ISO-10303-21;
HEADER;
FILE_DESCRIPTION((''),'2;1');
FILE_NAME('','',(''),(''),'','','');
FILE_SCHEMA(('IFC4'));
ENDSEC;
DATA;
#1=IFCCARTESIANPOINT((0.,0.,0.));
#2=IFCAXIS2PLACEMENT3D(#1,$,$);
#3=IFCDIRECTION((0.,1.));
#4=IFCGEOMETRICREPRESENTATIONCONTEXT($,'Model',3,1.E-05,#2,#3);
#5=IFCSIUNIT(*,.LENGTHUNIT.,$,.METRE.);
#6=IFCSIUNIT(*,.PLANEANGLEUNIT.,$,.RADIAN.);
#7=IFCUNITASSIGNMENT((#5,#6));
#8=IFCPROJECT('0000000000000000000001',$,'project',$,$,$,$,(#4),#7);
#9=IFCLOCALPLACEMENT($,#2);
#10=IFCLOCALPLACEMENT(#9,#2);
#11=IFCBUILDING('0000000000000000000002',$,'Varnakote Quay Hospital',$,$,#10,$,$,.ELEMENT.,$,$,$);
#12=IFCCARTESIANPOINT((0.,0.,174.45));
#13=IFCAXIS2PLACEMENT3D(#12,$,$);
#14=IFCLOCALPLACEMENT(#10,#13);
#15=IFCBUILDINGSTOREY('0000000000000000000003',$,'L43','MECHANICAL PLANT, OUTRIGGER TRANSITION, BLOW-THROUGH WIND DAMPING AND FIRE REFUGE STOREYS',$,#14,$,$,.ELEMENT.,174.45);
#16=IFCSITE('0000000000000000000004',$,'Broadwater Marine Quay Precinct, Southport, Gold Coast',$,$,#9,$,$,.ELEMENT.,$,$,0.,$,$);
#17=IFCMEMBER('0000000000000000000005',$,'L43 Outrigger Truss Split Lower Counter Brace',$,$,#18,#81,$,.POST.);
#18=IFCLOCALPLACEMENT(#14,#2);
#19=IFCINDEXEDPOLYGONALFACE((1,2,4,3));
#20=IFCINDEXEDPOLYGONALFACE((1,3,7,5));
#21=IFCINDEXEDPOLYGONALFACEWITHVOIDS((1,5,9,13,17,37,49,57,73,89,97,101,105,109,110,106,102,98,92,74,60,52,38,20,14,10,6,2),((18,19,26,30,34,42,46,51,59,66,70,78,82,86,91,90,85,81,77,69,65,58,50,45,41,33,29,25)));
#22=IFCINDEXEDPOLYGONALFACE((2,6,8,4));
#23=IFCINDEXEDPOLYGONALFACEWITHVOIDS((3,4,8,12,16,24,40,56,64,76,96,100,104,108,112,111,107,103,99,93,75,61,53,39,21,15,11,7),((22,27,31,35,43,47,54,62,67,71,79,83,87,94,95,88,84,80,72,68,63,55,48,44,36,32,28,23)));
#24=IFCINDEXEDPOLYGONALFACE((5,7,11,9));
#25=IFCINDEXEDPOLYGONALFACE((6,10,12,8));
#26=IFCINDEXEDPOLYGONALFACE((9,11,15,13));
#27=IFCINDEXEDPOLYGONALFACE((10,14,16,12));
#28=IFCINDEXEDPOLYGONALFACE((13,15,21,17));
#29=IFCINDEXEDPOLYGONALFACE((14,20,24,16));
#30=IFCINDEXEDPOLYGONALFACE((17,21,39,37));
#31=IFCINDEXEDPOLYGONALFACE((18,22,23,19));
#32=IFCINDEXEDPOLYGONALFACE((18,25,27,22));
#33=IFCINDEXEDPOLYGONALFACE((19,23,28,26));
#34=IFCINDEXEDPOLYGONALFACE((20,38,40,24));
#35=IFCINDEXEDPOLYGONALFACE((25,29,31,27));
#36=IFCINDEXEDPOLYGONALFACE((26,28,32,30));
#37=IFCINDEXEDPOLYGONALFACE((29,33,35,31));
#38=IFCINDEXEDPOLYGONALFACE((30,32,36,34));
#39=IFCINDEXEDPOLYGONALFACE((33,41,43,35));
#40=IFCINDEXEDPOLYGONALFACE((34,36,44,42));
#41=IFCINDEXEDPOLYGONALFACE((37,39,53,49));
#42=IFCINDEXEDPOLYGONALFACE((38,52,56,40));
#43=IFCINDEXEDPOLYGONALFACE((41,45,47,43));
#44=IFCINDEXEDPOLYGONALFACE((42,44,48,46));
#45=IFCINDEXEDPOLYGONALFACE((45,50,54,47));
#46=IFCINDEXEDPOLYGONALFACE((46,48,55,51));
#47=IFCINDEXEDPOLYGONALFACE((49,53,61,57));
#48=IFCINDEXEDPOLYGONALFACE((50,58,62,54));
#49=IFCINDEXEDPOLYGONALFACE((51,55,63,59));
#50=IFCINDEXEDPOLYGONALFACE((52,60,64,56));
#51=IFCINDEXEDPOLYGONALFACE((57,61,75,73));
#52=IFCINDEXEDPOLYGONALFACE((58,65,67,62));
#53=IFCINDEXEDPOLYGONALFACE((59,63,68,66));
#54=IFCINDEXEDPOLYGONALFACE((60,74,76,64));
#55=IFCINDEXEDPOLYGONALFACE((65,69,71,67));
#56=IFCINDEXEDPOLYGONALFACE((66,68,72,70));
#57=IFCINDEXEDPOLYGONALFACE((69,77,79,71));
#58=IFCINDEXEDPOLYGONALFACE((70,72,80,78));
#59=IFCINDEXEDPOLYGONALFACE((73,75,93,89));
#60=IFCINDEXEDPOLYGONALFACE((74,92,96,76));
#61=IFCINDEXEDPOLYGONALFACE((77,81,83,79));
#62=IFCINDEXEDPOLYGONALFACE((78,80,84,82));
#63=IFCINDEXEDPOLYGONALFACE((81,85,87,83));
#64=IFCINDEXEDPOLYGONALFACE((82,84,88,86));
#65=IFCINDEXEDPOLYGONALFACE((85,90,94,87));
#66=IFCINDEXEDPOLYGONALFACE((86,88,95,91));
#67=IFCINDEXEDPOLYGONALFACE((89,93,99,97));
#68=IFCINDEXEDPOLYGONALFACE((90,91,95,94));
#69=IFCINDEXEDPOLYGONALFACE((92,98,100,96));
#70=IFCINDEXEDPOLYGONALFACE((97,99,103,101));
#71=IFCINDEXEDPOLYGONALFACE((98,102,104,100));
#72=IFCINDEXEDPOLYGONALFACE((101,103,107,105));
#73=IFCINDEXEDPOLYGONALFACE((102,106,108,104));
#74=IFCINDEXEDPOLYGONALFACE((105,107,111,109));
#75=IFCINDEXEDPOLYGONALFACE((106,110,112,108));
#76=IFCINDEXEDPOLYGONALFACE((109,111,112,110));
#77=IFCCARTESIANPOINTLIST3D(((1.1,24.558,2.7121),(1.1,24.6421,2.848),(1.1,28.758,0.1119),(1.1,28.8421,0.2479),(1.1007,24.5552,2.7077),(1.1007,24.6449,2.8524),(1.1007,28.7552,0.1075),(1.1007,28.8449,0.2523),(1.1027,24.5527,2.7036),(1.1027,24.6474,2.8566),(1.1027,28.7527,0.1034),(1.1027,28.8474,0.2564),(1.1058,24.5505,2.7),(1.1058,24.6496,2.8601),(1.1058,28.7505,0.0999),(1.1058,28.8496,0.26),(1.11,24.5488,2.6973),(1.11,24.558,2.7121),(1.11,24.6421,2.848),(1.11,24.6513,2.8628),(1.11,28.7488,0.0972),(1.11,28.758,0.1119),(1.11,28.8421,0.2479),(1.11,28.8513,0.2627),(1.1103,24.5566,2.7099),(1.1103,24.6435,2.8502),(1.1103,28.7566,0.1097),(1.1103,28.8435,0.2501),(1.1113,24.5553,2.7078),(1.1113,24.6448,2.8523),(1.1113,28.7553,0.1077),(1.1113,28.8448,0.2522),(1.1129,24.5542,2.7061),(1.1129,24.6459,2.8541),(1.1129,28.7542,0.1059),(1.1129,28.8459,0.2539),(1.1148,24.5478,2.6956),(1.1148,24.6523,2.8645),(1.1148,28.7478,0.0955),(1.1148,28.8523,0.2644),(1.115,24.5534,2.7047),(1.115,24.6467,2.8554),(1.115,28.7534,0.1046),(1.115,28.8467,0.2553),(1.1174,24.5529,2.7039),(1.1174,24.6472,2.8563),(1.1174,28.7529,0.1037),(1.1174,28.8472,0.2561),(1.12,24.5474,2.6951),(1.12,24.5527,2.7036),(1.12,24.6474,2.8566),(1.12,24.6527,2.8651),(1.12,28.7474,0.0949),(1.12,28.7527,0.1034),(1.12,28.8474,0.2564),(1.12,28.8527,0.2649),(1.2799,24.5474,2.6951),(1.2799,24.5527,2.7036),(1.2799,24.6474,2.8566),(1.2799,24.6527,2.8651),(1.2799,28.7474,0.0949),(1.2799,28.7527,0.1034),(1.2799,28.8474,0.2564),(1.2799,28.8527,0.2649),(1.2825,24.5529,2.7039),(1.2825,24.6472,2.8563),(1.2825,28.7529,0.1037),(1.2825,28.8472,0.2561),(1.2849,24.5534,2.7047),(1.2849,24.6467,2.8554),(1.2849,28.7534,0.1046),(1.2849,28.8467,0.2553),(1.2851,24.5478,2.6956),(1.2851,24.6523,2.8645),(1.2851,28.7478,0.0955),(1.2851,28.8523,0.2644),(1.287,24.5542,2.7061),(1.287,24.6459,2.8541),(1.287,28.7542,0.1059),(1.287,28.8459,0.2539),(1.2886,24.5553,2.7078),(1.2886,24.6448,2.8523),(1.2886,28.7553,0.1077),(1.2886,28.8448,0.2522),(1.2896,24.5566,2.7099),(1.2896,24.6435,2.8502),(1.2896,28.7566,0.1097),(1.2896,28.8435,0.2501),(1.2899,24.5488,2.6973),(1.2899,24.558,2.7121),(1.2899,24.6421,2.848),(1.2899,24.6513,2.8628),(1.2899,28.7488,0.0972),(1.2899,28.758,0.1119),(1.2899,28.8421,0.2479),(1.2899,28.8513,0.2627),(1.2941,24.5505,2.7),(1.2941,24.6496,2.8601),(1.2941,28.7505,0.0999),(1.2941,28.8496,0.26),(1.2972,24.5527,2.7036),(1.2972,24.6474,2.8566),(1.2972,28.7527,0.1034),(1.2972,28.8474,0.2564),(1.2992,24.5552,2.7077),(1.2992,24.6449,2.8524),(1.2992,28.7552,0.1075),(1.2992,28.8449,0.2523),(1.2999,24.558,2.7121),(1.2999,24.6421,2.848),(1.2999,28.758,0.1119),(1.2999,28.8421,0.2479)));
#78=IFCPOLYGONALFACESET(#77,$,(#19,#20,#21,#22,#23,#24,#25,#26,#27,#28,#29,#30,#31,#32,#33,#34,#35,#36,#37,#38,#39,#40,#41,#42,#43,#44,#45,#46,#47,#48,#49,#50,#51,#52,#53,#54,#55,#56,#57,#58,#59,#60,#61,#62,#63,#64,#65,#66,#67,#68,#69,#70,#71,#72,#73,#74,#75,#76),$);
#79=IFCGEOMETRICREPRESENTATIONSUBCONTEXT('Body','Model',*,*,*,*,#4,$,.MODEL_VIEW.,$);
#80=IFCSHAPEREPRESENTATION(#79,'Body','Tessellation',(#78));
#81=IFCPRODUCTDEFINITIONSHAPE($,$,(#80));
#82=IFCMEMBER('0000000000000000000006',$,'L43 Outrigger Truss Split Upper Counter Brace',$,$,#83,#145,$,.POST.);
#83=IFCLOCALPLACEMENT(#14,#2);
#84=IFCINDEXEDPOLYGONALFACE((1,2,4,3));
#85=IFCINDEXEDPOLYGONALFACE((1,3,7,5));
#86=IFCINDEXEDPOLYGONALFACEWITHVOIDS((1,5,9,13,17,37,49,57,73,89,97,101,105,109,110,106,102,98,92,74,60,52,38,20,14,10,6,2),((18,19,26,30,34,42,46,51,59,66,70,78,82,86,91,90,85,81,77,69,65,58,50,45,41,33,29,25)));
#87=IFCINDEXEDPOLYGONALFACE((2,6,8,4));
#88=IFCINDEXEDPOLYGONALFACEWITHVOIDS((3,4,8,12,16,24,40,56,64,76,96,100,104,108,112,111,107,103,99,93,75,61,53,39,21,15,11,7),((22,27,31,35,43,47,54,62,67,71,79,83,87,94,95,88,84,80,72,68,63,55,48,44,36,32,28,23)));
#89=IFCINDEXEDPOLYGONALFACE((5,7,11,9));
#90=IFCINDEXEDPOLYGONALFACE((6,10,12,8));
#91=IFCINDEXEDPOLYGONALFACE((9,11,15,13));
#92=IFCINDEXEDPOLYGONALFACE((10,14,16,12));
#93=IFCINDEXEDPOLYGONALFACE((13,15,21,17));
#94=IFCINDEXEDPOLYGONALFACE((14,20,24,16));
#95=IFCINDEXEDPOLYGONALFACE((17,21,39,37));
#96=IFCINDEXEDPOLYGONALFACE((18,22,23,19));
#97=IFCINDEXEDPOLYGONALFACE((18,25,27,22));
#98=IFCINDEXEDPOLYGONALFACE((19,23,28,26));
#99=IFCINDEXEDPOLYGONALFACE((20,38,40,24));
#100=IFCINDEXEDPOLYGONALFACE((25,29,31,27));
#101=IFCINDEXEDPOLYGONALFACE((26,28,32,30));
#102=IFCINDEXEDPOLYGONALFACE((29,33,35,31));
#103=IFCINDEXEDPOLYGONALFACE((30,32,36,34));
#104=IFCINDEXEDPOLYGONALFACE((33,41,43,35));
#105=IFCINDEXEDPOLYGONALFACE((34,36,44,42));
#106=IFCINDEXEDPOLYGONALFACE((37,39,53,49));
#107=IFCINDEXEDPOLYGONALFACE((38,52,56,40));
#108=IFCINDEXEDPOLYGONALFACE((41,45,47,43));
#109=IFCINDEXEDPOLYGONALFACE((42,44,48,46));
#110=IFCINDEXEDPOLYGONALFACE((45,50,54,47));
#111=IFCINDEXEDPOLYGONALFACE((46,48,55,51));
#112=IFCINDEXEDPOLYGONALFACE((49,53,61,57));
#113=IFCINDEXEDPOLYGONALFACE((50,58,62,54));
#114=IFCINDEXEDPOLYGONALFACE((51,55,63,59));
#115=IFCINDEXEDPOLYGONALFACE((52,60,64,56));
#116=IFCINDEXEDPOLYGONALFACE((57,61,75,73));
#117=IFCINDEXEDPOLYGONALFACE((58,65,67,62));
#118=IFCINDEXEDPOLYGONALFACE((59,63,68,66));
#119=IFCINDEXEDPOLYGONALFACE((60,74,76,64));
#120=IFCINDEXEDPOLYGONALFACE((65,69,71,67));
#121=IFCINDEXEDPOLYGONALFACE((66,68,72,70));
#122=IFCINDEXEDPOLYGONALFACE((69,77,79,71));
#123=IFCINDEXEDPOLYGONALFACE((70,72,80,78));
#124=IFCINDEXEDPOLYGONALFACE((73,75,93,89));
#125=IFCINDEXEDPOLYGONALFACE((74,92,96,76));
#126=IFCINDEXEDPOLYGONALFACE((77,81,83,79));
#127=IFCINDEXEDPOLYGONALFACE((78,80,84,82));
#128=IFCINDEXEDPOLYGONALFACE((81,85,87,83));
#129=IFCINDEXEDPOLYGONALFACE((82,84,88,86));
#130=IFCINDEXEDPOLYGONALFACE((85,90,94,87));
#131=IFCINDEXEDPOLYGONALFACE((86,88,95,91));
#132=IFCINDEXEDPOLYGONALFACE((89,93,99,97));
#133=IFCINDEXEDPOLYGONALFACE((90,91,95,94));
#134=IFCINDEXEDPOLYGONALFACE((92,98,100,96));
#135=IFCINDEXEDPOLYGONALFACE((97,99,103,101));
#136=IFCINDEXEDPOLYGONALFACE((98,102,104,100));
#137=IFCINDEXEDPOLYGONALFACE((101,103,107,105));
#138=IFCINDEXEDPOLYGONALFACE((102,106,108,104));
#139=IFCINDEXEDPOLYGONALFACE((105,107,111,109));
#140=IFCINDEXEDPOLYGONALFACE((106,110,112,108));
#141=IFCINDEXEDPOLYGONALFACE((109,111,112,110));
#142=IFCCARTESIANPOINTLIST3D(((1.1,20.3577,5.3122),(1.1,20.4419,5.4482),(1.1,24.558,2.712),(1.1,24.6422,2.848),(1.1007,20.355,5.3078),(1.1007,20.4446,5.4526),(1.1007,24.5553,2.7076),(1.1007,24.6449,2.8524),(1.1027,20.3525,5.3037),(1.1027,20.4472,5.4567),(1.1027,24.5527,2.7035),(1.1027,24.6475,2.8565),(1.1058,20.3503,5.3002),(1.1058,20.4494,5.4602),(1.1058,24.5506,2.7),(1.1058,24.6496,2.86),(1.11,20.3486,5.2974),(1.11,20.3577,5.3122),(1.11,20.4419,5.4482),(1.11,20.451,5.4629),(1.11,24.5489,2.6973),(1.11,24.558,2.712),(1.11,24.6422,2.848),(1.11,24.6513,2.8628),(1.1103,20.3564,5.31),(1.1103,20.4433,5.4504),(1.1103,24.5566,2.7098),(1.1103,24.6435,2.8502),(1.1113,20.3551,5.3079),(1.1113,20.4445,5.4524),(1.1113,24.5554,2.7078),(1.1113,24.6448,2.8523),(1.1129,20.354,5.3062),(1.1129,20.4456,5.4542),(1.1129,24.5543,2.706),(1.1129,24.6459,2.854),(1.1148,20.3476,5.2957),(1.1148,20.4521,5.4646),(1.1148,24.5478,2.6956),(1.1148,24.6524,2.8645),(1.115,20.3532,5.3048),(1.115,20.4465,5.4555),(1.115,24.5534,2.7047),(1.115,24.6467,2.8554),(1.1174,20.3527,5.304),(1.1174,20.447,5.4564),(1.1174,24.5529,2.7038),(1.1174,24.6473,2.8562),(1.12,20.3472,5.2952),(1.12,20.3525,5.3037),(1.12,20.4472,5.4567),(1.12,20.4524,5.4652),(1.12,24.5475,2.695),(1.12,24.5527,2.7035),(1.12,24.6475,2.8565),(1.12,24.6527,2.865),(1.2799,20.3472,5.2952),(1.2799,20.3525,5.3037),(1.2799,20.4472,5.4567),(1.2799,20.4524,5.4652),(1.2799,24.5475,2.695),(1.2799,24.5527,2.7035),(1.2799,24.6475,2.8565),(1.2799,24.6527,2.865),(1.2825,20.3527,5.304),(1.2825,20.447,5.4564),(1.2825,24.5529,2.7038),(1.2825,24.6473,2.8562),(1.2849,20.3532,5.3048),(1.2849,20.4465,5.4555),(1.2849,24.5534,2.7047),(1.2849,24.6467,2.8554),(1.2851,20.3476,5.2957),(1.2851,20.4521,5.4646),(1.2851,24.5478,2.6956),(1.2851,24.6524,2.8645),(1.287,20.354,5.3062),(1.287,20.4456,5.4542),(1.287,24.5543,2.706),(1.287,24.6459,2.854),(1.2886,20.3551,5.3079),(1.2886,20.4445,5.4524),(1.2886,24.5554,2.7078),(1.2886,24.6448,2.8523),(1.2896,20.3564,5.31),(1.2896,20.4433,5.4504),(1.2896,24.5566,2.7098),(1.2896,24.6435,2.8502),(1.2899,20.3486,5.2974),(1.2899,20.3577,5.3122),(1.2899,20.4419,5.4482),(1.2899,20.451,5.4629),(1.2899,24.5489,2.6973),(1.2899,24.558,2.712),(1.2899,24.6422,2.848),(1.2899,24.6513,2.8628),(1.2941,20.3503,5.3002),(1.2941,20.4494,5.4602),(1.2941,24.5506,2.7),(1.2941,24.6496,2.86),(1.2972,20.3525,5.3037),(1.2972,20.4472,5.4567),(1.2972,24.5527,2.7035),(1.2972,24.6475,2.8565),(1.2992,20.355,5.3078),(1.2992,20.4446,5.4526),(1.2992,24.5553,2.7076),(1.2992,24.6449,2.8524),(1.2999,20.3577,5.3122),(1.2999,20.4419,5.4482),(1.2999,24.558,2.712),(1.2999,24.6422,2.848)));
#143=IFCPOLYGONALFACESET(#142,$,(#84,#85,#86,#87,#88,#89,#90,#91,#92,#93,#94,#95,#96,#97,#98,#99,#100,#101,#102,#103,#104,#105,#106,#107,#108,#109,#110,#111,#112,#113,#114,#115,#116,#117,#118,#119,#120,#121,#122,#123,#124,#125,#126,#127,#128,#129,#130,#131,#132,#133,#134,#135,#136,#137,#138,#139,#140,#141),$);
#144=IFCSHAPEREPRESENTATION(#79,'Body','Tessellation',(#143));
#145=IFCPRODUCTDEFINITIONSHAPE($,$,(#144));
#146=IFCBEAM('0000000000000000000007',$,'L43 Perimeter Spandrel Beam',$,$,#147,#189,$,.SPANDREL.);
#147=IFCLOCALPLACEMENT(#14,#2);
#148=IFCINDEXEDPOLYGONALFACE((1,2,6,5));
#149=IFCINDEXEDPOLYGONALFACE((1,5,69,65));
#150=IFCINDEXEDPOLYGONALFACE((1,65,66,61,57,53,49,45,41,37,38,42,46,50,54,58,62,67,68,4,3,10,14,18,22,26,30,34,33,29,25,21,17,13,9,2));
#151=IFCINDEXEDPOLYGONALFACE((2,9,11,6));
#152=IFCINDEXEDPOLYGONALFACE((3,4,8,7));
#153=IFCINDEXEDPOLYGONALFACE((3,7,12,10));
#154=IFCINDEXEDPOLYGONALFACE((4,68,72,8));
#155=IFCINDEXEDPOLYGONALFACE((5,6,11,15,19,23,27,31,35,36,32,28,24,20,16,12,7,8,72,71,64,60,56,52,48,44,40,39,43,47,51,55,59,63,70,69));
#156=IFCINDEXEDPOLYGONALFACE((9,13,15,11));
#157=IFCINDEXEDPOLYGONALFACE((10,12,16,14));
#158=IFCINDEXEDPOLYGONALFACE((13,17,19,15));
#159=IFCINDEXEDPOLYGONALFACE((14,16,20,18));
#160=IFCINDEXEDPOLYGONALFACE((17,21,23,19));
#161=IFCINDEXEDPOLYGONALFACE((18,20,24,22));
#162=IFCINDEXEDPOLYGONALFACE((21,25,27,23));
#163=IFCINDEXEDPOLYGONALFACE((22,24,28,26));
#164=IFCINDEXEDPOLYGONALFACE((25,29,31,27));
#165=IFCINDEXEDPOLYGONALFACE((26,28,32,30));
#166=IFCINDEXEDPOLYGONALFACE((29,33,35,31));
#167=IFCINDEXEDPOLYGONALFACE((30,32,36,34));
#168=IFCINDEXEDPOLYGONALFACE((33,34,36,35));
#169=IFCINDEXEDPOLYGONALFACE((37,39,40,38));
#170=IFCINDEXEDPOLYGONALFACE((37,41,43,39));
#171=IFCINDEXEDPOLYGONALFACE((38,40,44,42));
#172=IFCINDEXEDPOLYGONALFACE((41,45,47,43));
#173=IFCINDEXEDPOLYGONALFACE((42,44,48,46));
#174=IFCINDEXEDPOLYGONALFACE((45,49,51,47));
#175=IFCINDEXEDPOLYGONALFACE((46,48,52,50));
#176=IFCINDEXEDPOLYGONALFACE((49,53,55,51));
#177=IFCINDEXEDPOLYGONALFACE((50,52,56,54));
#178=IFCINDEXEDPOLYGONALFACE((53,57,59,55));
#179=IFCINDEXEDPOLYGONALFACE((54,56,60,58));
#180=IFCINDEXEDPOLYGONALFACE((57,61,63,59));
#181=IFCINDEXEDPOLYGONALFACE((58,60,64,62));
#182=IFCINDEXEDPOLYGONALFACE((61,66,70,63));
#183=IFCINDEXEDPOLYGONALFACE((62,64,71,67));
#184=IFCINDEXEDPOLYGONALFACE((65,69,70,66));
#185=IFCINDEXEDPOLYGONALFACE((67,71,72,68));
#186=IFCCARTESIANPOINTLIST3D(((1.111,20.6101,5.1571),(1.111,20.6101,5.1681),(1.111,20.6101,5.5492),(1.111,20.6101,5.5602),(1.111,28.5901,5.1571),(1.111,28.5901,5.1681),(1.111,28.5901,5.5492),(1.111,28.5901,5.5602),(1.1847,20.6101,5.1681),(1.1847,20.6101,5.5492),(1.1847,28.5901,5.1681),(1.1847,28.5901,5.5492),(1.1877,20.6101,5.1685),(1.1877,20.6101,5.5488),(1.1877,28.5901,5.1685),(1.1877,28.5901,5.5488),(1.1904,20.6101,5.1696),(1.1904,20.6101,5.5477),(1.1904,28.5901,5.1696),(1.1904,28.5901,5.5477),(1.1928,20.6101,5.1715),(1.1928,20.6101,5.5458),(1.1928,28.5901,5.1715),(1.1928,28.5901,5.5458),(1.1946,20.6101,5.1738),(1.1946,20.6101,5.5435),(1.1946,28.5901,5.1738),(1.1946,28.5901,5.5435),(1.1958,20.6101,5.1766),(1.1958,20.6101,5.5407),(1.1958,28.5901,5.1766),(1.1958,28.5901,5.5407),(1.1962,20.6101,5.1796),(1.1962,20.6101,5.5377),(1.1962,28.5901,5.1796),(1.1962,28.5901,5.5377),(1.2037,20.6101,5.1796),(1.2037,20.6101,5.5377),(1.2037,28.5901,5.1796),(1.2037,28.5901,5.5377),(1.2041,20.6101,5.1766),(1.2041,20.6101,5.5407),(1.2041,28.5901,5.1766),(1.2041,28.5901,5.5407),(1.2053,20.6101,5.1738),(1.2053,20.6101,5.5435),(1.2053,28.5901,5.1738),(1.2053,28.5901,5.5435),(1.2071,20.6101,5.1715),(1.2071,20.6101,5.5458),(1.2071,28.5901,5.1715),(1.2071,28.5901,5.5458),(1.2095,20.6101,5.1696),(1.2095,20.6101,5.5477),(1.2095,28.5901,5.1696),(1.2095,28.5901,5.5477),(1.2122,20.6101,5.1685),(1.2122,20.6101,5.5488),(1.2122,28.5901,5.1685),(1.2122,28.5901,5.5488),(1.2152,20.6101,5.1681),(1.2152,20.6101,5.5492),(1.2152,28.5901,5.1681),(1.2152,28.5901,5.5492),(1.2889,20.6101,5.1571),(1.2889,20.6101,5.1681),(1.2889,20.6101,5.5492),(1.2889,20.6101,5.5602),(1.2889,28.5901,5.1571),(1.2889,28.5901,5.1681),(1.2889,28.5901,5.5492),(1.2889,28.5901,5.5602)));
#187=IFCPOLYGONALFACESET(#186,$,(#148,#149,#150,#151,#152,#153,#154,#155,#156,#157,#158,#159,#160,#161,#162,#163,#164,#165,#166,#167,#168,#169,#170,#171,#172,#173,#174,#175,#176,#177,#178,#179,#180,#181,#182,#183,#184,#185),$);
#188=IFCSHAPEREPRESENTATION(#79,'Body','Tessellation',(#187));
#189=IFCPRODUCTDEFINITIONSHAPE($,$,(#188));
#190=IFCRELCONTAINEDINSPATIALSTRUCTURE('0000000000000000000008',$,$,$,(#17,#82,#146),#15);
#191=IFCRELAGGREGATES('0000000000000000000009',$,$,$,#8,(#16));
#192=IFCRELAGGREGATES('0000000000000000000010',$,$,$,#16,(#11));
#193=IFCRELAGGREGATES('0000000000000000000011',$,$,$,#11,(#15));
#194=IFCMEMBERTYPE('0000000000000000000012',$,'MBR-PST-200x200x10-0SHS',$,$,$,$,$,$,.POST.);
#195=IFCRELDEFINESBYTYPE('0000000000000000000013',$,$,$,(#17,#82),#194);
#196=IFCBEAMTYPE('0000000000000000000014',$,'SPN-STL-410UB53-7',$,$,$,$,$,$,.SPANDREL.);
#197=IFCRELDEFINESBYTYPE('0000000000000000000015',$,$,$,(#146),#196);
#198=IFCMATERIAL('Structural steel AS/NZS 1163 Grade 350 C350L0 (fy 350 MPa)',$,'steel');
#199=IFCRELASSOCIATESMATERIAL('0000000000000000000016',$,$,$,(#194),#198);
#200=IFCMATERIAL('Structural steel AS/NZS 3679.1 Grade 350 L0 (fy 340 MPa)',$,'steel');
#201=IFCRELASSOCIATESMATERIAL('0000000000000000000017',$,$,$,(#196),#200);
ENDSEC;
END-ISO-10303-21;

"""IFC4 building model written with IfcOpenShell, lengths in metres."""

from ifc_helpers import new_model, si_unit, direction, frame, origin, origin_2d, place, context, subcontext, project, spatial, hollow_rectangle, i_section, extrude, material, material_profile, profile_set, type_object, element, save


model = new_model("IFC4")

# Units and contexts
model_context = context("Model", 3, precision=1e-05, world=origin(), true_north=direction((0.0, 1.0)))
body_context = subcontext(model_context, "Body", "Model", "MODEL_VIEW")
ifc_project = project(units=[si_unit("LENGTHUNIT", "METRE"), si_unit("PLANEANGLEUNIT", "RADIAN")], contexts=[model_context])

# Site, building, storey
site_placement = place(None, origin())
site = spatial("IfcSite", under=ifc_project, at=site_placement, Name="Broadwater Marine Quay Precinct, Southport, Gold Coast", CompositionType="ELEMENT", RefElevation=0.0)
building_placement = place(site_placement, origin())
building = spatial("IfcBuilding", under=site, at=building_placement, Name="Varnakote Quay Hospital", CompositionType="ELEMENT")
storey_placement = place(building_placement, frame((0.0, 0.0, 174.45)))
storey = spatial("IfcBuildingStorey", under=building, at=storey_placement, Name="L43", Description="MECHANICAL PLANT, OUTRIGGER TRANSITION, BLOW-THROUGH WIND DAMPING AND FIRE REFUGE STOREYS", CompositionType="ELEMENT", Elevation=174.45)

# Members
ifc_material_1 = material(Name="Structural steel AS/NZS 1163 Grade 350 C350L0 (fy 350 MPa)", Category="steel")
ifc_material_profile_1 = material_profile(ifc_material_1, hollow_rectangle(XDim=0.2, YDim=0.2, WallThickness=0.01, InnerFilletRadius=0.01, OuterFilletRadius=0.02, at=origin_2d()), Name="200x200x10.0SHS")
ifc_profile_set_1 = profile_set([ifc_material_profile_1], Name="Structural steel AS/NZS 1163 Grade 350 C350L0 (fy 350 MPa)")
member_type_1 = type_object("IfcMemberType", Name="MBR-PST-200x200x10-0SHS", PredefinedType="POST", material=ifc_profile_set_1)
member_1_placement = place(storey_placement, frame((1.2, 28.8, 0.1799), z_axis=(0.0, -0.850254, 0.526373), x_axis=(1.0, 0.0, 0.0)))
element("IfcMember", 1, at=member_1_placement, inside=storey, type_object=member_type_1, Name="L43 Outrigger Truss Split Lower Counter Brace", PredefinedType="POST", context=body_context, shape_type="SweptSolid", body=[
    extrude(hollow_rectangle(XDim=0.2, YDim=0.2, WallThickness=0.01, InnerFilletRadius=0.01, OuterFilletRadius=0.02, at=origin_2d()), origin(), (0.0, 0.0, 1.0), 4.9397),
])
member_2_placement = place(storey_placement, frame((1.2, 24.6001, 2.78), z_axis=(0.0, -0.850267, 0.526351), x_axis=(1.0, 0.0, 0.0)))
element("IfcMember", 2, at=member_2_placement, inside=storey, type_object=member_type_1, Name="L43 Outrigger Truss Split Upper Counter Brace", PredefinedType="POST", context=body_context, shape_type="SweptSolid", body=[
    extrude(hollow_rectangle(XDim=0.2, YDim=0.2, WallThickness=0.01, InnerFilletRadius=0.01, OuterFilletRadius=0.02, at=origin_2d()), origin(), (0.0, 0.0, 1.0), 4.9399),
])

# Beam
ifc_material_2 = material(Name="Structural steel AS/NZS 3679.1 Grade 350 L0 (fy 340 MPa)", Category="steel")
ifc_material_profile_2 = material_profile(ifc_material_2, i_section(OverallWidth=0.178, OverallDepth=0.4031, WebThickness=0.0076, FlangeThickness=0.011, FilletRadius=0.0115, at=origin_2d()), Name="410UB53.7")
ifc_profile_set_2 = profile_set([ifc_material_profile_2], Name="Structural steel AS/NZS 3679.1 Grade 350 L0 (fy 340 MPa)")
beam_type_1 = type_object("IfcBeamType", Name="SPN-STL-410UB53-7", PredefinedType="SPANDREL", material=ifc_profile_set_2)
beam_1_placement = place(storey_placement, frame((1.2, 20.6101, 5.3586), z_axis=(0.0, 1.0, 0.0), x_axis=(-1.0, 0.0, 0.0)))
element("IfcBeam", 3, at=beam_1_placement, inside=storey, type_object=beam_type_1, Name="L43 Perimeter Spandrel Beam", PredefinedType="SPANDREL", context=body_context, shape_type="SweptSolid", body=[
    extrude(i_section(OverallWidth=0.178, OverallDepth=0.4031, WebThickness=0.0076, FlangeThickness=0.011, FilletRadius=0.0115, at=origin_2d()), origin(), (0.0, 0.0, 1.0), 7.98),
])

save(model, "model.ifc")
